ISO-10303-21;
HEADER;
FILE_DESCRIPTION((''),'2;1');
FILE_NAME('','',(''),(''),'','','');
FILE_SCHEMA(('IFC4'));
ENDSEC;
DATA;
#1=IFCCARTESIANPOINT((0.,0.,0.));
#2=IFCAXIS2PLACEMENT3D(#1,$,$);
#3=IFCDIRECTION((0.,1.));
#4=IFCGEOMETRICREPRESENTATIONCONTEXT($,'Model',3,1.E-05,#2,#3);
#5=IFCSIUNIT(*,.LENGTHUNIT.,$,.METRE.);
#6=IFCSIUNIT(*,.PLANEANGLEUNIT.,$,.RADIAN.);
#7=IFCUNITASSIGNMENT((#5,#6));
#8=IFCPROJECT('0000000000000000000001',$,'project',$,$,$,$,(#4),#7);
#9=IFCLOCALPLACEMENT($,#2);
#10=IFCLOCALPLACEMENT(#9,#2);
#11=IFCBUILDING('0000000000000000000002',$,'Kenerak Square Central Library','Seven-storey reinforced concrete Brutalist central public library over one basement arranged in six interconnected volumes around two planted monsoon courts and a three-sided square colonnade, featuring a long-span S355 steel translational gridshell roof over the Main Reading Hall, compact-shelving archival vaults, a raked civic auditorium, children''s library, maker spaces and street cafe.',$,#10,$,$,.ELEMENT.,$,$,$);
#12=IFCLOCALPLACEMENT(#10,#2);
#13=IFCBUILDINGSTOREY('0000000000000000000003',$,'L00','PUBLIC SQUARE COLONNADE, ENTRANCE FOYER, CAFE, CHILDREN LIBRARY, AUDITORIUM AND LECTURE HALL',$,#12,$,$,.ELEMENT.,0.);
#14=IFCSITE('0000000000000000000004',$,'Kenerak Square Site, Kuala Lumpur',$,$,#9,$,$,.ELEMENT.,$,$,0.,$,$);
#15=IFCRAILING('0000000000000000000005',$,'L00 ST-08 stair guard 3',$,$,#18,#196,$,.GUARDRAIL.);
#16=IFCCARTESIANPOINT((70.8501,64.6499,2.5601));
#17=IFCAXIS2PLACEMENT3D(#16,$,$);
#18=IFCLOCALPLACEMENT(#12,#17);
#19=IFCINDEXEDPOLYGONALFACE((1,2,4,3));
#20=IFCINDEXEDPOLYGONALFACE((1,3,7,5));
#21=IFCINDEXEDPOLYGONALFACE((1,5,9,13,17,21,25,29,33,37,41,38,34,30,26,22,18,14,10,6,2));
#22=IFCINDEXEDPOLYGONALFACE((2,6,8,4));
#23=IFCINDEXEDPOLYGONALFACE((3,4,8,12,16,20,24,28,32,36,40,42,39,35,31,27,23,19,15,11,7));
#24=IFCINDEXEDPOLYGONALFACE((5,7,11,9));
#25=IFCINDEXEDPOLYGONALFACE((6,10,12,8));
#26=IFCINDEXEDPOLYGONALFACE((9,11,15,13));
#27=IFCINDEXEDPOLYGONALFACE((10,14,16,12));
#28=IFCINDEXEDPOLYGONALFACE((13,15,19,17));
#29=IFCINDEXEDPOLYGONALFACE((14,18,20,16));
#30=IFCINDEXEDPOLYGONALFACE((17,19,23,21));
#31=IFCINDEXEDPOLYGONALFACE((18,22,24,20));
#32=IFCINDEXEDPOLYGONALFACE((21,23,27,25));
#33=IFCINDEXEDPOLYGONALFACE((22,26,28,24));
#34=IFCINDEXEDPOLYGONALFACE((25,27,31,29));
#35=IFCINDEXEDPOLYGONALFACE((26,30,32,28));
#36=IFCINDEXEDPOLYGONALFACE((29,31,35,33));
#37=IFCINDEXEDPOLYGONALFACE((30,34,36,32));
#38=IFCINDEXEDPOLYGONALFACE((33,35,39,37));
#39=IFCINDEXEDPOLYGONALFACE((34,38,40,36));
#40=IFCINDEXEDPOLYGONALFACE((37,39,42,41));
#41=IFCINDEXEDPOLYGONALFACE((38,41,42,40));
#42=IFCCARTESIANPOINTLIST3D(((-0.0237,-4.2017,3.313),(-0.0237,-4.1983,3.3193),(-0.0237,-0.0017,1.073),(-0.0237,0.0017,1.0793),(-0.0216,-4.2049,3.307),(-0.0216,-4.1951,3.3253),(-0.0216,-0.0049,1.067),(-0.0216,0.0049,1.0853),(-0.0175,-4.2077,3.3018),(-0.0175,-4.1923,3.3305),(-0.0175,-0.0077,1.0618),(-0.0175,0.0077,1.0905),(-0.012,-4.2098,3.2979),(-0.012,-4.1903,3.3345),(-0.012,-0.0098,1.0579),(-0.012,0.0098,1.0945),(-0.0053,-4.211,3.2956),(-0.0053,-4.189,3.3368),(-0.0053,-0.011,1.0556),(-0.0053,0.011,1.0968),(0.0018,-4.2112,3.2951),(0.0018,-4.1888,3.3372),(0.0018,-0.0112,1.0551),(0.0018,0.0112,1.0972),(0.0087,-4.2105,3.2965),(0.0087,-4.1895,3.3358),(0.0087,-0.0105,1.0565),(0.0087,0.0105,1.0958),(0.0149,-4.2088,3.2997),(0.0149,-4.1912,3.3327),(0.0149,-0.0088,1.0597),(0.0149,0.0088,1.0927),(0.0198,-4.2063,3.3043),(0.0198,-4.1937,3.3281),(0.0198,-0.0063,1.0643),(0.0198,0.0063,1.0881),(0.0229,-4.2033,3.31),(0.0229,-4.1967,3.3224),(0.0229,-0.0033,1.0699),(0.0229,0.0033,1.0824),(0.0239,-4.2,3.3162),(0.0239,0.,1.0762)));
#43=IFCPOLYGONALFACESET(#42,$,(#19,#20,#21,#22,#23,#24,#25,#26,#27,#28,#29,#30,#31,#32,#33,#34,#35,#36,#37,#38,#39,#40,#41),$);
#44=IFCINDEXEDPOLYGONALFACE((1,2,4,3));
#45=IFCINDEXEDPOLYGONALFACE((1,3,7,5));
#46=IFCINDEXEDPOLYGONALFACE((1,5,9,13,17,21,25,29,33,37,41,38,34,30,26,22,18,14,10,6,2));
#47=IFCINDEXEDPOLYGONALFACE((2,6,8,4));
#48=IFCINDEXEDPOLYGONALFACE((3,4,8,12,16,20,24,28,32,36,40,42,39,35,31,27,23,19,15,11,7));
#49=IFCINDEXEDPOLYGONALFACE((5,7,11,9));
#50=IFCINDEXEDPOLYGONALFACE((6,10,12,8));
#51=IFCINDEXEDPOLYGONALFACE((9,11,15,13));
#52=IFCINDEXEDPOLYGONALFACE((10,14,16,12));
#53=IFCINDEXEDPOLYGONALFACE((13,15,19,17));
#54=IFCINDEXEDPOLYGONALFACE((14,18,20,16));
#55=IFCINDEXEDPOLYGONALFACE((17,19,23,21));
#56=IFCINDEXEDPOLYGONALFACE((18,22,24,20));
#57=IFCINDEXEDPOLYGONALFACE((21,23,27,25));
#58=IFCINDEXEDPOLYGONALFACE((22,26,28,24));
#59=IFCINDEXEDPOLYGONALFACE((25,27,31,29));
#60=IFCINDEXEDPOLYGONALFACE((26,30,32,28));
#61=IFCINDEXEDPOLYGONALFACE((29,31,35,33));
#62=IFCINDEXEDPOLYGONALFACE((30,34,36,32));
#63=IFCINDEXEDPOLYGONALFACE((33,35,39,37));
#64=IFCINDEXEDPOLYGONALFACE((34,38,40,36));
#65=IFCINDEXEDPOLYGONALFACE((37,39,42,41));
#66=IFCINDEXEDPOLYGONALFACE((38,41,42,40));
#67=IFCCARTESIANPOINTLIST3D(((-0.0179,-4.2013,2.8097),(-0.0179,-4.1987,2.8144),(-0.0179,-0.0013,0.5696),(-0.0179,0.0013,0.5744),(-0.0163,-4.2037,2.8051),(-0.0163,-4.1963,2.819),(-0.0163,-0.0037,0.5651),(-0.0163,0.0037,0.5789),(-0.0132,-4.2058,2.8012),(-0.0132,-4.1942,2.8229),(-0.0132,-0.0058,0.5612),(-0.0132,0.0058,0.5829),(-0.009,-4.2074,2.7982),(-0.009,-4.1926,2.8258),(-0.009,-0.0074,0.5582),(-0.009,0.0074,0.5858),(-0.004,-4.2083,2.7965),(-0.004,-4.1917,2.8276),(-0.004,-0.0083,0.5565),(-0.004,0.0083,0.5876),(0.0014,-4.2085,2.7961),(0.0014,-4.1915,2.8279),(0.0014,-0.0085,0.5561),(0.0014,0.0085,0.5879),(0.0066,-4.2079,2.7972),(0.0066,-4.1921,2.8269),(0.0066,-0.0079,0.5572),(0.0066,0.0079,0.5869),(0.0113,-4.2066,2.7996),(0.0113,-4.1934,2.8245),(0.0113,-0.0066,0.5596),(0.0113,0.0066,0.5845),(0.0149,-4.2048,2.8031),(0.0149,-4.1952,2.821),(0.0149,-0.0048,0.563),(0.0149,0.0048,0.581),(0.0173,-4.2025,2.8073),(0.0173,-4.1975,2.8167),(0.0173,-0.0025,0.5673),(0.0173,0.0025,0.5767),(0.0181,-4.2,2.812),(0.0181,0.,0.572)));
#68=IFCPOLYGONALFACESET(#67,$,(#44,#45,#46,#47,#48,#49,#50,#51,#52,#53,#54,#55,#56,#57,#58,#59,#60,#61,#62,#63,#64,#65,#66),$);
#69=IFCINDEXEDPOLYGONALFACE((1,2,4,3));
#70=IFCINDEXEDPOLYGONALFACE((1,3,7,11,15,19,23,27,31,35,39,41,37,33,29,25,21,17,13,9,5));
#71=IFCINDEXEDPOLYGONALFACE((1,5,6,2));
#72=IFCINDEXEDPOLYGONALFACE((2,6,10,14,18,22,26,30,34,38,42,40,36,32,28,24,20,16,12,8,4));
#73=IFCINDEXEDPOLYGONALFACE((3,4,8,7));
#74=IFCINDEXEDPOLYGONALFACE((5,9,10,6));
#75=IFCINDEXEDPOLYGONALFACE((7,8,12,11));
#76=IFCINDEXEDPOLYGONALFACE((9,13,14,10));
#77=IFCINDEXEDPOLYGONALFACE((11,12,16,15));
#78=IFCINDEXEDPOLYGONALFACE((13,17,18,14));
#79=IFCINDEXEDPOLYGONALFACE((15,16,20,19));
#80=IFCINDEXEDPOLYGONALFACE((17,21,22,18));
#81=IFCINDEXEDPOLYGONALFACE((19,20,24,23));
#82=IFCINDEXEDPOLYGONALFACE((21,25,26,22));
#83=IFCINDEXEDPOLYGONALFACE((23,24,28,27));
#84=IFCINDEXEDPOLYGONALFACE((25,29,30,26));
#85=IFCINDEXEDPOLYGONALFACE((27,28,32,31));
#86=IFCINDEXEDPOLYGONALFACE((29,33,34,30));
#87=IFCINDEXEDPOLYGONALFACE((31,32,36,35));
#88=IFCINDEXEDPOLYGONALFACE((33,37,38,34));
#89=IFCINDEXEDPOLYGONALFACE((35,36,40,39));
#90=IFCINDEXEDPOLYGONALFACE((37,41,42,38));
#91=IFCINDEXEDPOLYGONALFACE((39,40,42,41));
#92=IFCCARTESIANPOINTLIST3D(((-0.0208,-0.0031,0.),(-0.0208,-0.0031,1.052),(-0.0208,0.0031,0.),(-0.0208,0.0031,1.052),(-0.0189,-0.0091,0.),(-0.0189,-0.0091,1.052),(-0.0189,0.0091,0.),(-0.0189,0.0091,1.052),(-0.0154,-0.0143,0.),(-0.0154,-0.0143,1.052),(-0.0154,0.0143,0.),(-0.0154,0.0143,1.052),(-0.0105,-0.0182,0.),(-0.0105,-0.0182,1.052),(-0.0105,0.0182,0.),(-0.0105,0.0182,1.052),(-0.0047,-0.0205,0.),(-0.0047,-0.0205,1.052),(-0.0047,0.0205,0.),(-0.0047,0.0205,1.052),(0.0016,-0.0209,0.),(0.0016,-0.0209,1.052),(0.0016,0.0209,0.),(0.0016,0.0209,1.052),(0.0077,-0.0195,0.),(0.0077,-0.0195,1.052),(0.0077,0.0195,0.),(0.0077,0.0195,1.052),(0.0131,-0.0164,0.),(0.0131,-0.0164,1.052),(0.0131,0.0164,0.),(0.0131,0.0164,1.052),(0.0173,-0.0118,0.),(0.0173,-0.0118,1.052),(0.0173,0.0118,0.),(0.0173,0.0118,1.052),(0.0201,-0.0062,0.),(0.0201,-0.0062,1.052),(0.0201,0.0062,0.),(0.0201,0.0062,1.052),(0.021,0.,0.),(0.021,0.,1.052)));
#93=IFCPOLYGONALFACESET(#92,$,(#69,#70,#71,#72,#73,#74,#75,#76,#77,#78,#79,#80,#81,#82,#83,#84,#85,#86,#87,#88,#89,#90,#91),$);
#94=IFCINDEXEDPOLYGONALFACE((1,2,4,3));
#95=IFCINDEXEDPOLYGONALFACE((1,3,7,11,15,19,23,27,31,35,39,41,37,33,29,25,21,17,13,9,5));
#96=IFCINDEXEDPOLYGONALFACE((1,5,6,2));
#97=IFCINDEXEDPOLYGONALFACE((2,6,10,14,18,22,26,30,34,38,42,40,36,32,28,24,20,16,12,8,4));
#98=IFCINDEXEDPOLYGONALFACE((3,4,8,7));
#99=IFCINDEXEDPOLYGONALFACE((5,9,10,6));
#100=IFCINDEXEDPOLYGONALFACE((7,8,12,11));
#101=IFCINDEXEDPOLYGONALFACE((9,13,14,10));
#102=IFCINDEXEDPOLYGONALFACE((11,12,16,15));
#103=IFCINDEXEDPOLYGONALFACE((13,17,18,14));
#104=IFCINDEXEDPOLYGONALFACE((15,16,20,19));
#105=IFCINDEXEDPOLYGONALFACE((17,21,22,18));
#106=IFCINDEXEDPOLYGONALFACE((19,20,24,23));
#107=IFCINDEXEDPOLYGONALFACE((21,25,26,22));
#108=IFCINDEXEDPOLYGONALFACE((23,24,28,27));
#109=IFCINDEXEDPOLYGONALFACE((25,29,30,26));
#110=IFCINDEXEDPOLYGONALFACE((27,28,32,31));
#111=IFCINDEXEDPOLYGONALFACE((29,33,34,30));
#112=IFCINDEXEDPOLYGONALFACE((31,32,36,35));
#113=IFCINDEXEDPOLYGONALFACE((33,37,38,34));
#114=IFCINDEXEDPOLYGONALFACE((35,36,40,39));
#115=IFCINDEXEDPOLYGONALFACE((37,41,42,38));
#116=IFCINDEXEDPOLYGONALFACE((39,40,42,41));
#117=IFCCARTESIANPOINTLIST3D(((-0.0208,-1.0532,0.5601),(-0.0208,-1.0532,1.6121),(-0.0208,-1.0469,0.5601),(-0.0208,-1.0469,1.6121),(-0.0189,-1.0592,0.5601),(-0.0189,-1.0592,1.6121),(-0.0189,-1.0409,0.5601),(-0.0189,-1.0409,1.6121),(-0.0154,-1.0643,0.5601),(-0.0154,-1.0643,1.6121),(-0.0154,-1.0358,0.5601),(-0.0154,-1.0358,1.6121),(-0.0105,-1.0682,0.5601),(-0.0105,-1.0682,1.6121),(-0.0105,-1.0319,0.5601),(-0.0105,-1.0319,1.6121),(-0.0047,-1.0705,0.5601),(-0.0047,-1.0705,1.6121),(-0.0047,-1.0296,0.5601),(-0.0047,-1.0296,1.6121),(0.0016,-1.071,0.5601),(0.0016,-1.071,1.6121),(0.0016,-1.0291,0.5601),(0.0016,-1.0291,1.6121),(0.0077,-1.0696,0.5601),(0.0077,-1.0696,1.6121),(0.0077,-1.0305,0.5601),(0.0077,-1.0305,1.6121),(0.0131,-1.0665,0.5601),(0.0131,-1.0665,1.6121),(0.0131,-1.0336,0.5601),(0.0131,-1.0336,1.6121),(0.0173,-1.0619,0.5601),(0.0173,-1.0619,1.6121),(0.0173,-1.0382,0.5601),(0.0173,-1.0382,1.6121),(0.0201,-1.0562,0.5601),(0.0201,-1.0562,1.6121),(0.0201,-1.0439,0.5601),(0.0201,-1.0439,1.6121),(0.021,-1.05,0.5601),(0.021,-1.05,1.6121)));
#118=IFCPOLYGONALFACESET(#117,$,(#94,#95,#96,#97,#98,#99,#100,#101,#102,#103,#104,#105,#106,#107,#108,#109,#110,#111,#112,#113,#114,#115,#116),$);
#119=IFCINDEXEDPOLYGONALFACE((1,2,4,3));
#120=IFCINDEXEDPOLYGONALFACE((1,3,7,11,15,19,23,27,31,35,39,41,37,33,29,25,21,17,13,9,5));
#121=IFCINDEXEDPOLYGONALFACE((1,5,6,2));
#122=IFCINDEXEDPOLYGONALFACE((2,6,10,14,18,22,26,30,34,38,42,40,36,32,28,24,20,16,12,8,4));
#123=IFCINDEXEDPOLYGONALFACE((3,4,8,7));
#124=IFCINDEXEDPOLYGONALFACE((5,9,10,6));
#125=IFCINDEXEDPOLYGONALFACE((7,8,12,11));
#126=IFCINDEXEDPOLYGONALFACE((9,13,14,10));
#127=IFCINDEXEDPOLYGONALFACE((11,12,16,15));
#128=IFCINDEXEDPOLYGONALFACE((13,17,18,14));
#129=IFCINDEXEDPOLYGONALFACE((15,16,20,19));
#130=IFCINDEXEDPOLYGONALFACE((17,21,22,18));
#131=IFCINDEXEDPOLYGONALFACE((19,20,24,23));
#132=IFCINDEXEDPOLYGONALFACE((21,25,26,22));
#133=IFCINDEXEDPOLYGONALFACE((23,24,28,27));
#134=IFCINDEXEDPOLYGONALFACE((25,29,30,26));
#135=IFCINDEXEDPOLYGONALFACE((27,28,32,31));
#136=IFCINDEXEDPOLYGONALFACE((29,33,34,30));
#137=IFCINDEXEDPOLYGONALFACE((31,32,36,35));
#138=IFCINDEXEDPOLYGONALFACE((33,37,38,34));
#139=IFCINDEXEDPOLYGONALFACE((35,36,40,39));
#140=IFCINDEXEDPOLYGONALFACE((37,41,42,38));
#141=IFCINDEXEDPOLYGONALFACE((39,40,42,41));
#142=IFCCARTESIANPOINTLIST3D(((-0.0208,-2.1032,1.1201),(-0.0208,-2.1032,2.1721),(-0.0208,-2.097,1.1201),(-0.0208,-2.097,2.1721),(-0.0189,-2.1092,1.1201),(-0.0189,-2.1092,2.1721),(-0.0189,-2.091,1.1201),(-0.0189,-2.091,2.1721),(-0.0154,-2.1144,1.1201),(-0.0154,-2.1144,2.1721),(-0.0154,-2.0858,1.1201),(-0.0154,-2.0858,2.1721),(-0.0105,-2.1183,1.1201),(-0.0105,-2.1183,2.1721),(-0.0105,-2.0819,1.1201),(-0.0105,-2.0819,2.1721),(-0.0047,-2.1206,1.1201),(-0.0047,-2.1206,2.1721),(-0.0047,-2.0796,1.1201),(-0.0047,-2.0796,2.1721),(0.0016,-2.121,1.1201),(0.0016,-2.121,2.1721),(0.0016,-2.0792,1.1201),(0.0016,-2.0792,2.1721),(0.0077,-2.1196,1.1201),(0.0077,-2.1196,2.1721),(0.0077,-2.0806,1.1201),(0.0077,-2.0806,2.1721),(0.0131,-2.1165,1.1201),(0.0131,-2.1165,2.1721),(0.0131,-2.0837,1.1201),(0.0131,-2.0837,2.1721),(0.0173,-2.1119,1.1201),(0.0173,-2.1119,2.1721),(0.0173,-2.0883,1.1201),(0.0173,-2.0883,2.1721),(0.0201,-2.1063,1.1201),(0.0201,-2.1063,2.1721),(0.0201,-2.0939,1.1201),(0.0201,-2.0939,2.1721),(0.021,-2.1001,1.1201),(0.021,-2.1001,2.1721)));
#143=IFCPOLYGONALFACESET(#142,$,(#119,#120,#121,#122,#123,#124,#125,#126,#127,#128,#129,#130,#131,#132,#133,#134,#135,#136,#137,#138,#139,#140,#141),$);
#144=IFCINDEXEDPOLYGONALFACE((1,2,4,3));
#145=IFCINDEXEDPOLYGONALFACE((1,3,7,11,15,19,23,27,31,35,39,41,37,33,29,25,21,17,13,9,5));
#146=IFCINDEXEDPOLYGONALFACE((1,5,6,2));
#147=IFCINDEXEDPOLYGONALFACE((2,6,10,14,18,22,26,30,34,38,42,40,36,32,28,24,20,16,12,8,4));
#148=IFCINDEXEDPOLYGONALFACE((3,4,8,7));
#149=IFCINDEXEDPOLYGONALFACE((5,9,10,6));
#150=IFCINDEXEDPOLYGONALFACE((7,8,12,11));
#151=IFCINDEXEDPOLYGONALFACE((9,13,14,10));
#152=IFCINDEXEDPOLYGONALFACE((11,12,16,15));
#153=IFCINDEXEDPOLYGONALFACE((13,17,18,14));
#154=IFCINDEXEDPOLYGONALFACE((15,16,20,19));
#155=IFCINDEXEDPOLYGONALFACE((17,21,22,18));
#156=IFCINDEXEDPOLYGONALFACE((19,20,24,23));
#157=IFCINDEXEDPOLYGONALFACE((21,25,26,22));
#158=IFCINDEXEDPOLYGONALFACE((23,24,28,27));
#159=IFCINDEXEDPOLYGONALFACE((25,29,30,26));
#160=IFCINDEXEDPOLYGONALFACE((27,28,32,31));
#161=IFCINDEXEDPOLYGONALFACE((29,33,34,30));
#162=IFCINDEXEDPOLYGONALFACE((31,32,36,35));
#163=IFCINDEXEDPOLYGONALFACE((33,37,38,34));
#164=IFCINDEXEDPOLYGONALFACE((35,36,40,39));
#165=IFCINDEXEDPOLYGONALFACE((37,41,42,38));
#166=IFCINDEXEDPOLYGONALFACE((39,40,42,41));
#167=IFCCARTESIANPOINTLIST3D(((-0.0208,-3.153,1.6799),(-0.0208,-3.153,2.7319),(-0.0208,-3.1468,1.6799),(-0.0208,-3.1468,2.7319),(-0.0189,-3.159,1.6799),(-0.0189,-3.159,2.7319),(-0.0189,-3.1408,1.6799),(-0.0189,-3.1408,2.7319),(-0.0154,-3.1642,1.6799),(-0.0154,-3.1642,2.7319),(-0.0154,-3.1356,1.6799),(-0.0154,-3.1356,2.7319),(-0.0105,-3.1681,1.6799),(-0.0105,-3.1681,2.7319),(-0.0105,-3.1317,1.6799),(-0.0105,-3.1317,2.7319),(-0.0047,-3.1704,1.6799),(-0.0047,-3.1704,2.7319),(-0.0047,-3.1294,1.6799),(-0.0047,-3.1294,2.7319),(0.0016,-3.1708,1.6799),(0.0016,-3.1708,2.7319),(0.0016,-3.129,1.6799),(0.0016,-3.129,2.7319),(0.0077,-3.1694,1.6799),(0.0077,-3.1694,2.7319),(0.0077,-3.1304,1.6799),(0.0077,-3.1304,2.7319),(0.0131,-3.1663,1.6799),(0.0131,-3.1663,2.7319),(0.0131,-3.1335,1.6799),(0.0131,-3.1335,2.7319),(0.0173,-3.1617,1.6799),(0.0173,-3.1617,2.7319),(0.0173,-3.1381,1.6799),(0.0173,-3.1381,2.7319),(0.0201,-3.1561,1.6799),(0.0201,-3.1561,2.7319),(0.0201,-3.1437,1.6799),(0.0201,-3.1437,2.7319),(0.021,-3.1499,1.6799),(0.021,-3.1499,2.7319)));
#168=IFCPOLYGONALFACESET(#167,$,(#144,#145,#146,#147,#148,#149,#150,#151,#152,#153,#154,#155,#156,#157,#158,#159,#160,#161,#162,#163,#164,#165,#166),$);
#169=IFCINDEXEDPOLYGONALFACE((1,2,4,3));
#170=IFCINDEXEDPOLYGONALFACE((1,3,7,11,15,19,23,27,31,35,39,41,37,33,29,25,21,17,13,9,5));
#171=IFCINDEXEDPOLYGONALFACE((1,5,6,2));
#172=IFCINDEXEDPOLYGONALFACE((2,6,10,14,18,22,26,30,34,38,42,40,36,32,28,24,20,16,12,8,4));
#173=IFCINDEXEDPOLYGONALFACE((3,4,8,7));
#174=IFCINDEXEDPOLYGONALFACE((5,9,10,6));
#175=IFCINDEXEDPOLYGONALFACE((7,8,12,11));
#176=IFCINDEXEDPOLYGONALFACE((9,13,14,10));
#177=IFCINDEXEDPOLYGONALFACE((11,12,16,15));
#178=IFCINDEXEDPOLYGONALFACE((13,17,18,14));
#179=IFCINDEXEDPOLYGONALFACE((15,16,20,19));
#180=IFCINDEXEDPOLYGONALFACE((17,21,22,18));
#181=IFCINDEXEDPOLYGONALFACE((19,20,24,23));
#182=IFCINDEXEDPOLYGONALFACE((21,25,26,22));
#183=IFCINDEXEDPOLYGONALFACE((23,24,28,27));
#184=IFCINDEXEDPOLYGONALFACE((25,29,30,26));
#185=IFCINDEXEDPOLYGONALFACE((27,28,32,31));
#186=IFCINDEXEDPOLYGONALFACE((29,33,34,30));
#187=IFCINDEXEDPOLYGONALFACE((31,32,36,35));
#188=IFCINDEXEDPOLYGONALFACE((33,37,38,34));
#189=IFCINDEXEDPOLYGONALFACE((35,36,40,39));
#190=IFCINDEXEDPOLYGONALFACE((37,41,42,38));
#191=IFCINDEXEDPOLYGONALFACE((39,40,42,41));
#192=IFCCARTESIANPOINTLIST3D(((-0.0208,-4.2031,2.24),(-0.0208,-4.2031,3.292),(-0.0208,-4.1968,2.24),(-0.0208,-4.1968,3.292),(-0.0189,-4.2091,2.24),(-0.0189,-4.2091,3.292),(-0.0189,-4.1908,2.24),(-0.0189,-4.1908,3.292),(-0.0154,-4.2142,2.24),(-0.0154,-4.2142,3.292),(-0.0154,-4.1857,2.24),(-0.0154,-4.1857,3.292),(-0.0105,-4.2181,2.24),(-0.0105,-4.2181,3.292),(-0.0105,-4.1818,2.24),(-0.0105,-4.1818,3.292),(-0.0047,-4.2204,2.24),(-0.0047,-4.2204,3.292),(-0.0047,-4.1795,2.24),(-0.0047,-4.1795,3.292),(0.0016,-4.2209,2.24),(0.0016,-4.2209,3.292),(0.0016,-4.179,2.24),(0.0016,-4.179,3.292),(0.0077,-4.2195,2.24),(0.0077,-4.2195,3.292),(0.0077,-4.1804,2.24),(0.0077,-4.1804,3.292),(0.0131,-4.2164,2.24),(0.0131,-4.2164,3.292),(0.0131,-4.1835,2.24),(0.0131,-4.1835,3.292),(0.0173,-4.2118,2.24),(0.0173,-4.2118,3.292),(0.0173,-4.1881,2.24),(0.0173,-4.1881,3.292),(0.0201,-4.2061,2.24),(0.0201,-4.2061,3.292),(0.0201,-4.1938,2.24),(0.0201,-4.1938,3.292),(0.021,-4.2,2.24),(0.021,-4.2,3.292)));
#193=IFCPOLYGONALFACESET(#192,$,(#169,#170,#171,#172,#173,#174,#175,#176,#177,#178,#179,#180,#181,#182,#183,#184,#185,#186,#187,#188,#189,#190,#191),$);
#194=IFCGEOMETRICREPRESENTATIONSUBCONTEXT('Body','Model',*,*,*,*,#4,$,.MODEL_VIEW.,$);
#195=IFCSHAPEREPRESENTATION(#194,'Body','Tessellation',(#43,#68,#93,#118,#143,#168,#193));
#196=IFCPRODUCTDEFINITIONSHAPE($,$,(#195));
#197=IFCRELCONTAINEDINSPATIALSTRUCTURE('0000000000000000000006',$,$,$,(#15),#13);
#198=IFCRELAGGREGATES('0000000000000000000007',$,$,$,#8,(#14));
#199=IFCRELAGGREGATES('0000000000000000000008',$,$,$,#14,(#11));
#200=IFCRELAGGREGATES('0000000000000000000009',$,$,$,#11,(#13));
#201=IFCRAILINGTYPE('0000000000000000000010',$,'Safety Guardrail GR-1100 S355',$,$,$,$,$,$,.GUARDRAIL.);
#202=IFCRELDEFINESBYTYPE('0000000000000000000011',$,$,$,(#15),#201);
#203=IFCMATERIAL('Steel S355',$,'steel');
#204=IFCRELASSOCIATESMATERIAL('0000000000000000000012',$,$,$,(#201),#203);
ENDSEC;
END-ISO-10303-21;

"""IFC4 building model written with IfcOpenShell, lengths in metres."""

from ifc_helpers import new_model, si_unit, direction, frame, origin, origin_2d, place, context, subcontext, project, spatial, circle, extrude, material, type_object, element, save


model = new_model("IFC4")

# Units and contexts
model_context = context("Model", 3, precision=1e-05, world=origin(), true_north=direction((0.0, 1.0)))
body_context = subcontext(model_context, "Body", "Model", "MODEL_VIEW")
ifc_project = project(units=[si_unit("LENGTHUNIT", "METRE"), si_unit("PLANEANGLEUNIT", "RADIAN")], contexts=[model_context])

# Site, building, storey
site_placement = place(None, origin())
site = spatial("IfcSite", under=ifc_project, at=site_placement, Name="Kenerak Square Site, Kuala Lumpur", CompositionType="ELEMENT", RefElevation=0.0)
building_placement = place(site_placement, origin())
building = spatial("IfcBuilding", under=site, at=building_placement, Name="Kenerak Square Central Library", Description="Seven-storey reinforced concrete Brutalist central public library over one basement arranged in six interconnected volumes around two planted monsoon courts and a three-sided square colonnade, featuring a long-span S355 steel translational gridshell roof over the Main Reading Hall, compact-shelving archival vaults, a raked civic auditorium, children's library, maker spaces and street cafe.", CompositionType="ELEMENT")
storey_placement = place(building_placement, origin())
storey = spatial("IfcBuildingStorey", under=building, at=storey_placement, Name="L00", Description="PUBLIC SQUARE COLONNADE, ENTRANCE FOYER, CAFE, CHILDREN LIBRARY, AUDITORIUM AND LECTURE HALL", CompositionType="ELEMENT", Elevation=0.0)

# Shared definitions
ifc_material_1 = material(Name="Steel S355", Category="steel")

# Railing
railing_type_1 = type_object("IfcRailingType", Name="Safety Guardrail GR-1100 S355", PredefinedType="GUARDRAIL", material=ifc_material_1)
railing_1_placement = place(storey_placement, frame((70.8501, 64.6499, 2.5601)))
element("IfcRailing", 1, at=railing_1_placement, inside=storey, type_object=railing_type_1, Name="L00 ST-08 stair guard 3", PredefinedType="GUARDRAIL", context=body_context, shape_type="SweptSolid", body=[
    extrude(circle(Radius=0.0239, at=origin_2d()), frame((0.0, 0.0, 1.0762), z_axis=(0.0, -0.882352, 0.470591), x_axis=(1.0, 0.0, 0.0)), (0.0, 0.0, 1.0), 4.76),
    extrude(circle(Radius=0.0181, at=origin_2d()), frame((0.0, 0.0, 0.572), z_axis=(0.0, -0.882352, 0.470591), x_axis=(1.0, 0.0, 0.0)), (0.0, 0.0, 1.0), 4.76),
    extrude(circle(Radius=0.021, at=origin_2d()), origin(), (0.0, 0.0, 1.0), 1.052),
    extrude(circle(Radius=0.021, at=origin_2d()), frame((0.0, -1.05, 0.5601)), (0.0, 0.0, 1.0), 1.052),
    extrude(circle(Radius=0.021, at=origin_2d()), frame((0.0, -2.1001, 1.1201)), (0.0, 0.0, 1.0), 1.052),
    extrude(circle(Radius=0.021, at=origin_2d()), frame((0.0, -3.1499, 1.6799)), (0.0, 0.0, 1.0), 1.052),
    extrude(circle(Radius=0.021, at=origin_2d()), frame((0.0, -4.2, 2.24)), (0.0, 0.0, 1.0), 1.052),
])

save(model, "model.ifc")
